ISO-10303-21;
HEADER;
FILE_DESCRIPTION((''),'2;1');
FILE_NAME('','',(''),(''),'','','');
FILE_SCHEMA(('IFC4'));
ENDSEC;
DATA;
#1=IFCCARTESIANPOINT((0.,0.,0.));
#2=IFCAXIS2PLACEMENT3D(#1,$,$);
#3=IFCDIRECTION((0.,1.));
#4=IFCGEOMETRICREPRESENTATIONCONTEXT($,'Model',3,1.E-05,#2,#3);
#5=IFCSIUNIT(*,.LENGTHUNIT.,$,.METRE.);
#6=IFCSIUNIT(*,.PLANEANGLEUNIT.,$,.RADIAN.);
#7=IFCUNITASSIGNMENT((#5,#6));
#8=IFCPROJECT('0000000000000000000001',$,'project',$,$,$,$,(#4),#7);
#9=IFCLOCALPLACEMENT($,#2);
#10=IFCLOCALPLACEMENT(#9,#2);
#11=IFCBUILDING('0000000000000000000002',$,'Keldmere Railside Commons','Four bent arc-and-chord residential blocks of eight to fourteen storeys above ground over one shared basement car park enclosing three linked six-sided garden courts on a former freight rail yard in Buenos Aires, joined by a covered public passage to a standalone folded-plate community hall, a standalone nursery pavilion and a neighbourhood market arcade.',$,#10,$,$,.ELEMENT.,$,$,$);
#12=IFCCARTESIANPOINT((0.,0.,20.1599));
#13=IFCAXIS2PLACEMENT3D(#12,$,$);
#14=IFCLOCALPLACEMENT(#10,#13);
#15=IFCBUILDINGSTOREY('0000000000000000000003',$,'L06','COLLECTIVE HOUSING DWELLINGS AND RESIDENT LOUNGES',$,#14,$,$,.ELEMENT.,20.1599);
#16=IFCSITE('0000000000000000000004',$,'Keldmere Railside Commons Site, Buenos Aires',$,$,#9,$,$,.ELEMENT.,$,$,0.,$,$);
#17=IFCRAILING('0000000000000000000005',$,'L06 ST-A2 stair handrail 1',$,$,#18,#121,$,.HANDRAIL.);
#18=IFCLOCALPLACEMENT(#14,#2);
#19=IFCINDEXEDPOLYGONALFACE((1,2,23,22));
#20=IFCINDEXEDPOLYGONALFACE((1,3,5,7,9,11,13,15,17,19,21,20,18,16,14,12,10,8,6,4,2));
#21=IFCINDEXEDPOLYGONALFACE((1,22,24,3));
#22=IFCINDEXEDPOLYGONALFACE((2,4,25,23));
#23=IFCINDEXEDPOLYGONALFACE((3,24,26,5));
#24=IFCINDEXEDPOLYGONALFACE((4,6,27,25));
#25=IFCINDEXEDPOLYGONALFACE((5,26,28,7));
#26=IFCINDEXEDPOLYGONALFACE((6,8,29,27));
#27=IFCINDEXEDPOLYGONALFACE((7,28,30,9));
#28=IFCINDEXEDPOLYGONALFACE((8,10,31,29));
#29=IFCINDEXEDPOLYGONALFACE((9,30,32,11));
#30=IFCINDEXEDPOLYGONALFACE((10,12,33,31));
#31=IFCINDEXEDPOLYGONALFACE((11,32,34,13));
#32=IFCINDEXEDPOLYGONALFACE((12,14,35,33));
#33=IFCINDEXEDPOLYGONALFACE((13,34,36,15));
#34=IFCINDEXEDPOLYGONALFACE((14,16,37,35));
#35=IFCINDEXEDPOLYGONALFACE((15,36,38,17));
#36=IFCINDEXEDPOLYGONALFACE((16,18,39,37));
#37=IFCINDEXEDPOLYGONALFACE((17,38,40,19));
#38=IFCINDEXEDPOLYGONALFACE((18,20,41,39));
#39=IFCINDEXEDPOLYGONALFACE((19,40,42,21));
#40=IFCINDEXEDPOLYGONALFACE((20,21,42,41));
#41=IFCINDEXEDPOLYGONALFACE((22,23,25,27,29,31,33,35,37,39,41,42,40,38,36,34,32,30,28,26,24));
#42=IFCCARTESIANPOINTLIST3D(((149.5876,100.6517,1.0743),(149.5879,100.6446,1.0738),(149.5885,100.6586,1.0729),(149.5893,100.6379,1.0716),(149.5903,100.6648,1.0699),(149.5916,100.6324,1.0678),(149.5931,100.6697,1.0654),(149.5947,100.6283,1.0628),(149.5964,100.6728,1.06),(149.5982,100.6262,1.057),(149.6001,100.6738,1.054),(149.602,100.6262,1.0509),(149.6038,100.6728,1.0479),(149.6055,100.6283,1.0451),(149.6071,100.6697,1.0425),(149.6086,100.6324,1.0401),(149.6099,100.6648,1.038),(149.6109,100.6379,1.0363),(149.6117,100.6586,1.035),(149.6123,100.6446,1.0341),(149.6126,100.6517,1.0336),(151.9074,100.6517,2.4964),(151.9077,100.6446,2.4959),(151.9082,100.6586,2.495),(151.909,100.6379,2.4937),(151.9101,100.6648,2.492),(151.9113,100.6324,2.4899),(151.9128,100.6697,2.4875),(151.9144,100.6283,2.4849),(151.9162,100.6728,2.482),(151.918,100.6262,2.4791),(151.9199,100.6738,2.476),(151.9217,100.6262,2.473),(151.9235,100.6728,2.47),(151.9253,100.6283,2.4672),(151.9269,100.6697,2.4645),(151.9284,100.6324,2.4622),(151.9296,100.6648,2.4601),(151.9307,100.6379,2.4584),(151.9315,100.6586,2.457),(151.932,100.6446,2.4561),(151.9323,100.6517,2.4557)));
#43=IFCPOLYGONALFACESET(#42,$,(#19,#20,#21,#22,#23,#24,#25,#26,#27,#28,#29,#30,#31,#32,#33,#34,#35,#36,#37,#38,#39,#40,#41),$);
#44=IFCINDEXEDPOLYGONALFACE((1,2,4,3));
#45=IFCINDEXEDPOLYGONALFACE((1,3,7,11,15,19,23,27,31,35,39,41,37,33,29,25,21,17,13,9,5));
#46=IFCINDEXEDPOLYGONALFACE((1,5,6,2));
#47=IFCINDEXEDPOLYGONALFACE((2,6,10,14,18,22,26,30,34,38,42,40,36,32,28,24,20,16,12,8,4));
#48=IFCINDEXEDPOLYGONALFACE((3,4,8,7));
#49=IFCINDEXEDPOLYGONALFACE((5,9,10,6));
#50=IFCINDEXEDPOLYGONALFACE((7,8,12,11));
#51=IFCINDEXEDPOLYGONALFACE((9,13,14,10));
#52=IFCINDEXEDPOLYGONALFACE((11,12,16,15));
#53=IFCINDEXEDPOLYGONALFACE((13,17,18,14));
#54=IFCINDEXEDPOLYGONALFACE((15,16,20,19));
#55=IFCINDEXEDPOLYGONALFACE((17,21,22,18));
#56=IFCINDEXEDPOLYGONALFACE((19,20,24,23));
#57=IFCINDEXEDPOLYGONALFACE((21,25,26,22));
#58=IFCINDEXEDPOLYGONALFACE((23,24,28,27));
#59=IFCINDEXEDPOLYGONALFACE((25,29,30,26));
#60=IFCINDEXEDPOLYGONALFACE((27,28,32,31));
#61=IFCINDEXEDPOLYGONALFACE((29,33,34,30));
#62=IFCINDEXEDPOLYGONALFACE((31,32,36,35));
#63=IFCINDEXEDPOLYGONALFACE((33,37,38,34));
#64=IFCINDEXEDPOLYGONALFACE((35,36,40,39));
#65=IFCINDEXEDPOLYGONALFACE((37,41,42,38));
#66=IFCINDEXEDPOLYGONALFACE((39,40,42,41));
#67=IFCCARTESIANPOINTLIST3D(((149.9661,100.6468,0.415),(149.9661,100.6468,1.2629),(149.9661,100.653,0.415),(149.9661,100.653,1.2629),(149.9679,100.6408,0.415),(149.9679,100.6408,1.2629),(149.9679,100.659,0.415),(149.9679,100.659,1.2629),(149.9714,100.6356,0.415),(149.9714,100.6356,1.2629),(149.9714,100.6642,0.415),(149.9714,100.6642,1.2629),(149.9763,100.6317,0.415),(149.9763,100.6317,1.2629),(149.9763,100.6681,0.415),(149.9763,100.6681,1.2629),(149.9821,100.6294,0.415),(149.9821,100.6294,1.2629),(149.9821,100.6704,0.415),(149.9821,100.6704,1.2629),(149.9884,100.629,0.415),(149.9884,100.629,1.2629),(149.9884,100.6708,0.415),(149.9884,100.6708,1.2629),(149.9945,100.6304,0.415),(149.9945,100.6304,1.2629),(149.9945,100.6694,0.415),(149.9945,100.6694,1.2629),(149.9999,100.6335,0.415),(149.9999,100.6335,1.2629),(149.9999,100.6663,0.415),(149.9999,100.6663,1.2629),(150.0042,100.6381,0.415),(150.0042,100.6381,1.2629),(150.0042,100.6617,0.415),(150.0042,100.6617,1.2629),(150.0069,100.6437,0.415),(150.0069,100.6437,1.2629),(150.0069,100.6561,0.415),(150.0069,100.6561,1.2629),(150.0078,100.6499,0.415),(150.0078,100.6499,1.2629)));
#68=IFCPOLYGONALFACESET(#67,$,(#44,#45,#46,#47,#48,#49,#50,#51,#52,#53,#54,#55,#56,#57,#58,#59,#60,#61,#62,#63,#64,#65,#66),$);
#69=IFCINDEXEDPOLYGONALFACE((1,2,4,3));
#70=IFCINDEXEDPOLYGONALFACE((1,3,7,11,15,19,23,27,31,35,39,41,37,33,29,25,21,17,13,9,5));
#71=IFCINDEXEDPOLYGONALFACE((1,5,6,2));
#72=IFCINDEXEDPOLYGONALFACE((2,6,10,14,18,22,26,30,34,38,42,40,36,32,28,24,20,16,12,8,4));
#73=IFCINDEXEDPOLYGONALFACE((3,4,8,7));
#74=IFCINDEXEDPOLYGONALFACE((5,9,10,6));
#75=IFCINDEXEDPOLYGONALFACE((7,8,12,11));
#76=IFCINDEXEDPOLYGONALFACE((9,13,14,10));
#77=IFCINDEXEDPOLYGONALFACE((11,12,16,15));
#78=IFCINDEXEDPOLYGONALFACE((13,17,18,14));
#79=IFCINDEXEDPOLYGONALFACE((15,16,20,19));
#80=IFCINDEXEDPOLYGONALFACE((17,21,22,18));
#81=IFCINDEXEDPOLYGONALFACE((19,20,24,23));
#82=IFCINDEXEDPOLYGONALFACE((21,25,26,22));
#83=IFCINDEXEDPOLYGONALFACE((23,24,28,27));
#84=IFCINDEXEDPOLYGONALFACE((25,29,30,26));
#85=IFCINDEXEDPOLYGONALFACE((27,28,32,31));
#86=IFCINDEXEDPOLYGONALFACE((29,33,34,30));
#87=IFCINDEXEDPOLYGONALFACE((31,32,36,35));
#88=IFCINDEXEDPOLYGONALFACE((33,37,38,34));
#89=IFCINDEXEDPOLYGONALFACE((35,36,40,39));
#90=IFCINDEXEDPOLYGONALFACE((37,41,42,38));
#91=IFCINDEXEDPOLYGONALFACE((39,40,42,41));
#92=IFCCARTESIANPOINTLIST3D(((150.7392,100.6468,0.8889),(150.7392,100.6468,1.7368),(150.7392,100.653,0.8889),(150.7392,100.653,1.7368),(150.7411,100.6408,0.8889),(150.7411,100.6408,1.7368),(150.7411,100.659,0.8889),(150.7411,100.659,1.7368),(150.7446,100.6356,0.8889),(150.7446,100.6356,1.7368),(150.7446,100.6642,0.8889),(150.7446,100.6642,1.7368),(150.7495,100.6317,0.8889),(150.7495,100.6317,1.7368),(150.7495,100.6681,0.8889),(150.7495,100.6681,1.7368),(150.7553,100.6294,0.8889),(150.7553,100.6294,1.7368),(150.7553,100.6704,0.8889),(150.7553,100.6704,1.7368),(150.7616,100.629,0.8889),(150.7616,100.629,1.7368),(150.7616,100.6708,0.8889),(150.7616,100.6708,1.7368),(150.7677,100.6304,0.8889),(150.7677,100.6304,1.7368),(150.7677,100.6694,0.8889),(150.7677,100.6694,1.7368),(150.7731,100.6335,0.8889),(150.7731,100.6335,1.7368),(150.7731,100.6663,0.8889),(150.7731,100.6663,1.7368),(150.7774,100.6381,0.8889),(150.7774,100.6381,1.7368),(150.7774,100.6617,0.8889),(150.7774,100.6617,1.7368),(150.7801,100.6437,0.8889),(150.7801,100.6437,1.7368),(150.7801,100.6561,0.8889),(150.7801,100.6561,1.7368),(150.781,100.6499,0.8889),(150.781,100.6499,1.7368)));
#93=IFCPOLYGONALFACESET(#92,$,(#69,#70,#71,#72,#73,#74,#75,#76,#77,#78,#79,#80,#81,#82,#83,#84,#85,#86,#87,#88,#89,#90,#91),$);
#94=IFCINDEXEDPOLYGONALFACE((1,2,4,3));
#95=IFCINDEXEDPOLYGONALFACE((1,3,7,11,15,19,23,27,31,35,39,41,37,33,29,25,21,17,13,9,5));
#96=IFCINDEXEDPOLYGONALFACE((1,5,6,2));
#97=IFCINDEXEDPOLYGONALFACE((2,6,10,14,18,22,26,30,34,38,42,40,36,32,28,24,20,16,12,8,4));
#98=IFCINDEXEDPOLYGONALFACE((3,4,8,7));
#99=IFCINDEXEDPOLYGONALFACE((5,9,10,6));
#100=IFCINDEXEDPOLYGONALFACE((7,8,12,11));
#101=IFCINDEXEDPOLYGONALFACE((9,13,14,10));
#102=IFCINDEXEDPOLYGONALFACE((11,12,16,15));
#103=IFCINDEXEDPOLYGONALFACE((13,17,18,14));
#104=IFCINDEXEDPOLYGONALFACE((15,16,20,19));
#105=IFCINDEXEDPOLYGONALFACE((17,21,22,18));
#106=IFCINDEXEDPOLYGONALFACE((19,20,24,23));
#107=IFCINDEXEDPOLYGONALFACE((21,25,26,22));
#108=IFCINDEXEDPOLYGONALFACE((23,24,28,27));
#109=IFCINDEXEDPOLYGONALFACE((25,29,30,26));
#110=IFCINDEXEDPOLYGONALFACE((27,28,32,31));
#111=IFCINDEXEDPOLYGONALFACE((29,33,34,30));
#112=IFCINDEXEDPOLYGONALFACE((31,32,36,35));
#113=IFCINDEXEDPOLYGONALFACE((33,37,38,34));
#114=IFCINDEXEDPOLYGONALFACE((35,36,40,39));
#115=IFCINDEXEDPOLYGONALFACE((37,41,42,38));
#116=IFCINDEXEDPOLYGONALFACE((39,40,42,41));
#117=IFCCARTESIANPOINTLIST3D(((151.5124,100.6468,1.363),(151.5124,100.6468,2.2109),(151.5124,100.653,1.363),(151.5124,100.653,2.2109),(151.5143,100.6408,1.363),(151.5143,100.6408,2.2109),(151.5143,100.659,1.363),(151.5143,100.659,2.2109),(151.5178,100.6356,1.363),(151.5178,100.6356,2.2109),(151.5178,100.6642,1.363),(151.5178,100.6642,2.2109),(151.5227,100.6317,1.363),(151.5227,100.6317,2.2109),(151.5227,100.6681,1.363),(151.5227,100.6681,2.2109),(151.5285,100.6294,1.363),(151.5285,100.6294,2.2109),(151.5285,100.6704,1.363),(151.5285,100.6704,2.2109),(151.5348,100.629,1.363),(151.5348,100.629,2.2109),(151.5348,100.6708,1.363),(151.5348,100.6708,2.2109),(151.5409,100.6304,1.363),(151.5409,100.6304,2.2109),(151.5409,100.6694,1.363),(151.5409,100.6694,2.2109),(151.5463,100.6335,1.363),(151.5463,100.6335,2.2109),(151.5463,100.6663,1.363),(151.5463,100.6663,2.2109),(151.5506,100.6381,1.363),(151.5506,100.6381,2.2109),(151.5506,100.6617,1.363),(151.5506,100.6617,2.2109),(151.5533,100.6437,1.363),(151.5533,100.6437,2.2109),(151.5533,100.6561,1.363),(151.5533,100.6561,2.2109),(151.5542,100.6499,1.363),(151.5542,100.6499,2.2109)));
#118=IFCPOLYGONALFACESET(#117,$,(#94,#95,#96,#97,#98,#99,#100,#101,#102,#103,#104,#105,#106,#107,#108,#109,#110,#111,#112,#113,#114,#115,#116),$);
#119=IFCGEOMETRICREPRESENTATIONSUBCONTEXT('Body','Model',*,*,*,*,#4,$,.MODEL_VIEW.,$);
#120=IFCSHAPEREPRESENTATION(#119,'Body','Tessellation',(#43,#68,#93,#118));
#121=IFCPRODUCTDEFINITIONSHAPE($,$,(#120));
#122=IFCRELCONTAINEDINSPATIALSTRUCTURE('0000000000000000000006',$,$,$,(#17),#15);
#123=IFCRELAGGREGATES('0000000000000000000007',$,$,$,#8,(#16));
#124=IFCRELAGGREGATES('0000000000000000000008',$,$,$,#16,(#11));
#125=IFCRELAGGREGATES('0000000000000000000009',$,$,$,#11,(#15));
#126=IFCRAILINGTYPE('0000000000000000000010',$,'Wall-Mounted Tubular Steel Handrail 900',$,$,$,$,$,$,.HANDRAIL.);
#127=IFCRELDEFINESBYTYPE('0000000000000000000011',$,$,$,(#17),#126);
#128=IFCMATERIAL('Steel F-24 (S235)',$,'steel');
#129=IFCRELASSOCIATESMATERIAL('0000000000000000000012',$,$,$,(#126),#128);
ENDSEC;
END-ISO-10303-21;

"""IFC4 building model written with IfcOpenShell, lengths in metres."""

from ifc_helpers import new_model, si_unit, direction, frame, origin, origin_2d, place, context, subcontext, project, spatial, circle, extrude, material, type_object, element, save


model = new_model("IFC4")

# Units and contexts
model_context = context("Model", 3, precision=1e-05, world=origin(), true_north=direction((0.0, 1.0)))
body_context = subcontext(model_context, "Body", "Model", "MODEL_VIEW")
ifc_project = project(units=[si_unit("LENGTHUNIT", "METRE"), si_unit("PLANEANGLEUNIT", "RADIAN")], contexts=[model_context])

# Site, building, storey
site_placement = place(None, origin())
site = spatial("IfcSite", under=ifc_project, at=site_placement, Name="Keldmere Railside Commons Site, Buenos Aires", CompositionType="ELEMENT", RefElevation=0.0)
building_placement = place(site_placement, origin())
building = spatial("IfcBuilding", under=site, at=building_placement, Name="Keldmere Railside Commons", Description="Four bent arc-and-chord residential blocks of eight to fourteen storeys above ground over one shared basement car park enclosing three linked six-sided garden courts on a former freight rail yard in Buenos Aires, joined by a covered public passage to a standalone folded-plate community hall, a standalone nursery pavilion and a neighbourhood market arcade.", CompositionType="ELEMENT")
storey_placement = place(building_placement, frame((0.0, 0.0, 20.1599)))
storey = spatial("IfcBuildingStorey", under=building, at=storey_placement, Name="L06", Description="COLLECTIVE HOUSING DWELLINGS AND RESIDENT LOUNGES", CompositionType="ELEMENT", Elevation=20.1599)

# Railing
ifc_material_1 = material(Name="Steel F-24 (S235)", Category="steel")
railing_type_1 = type_object("IfcRailingType", Name="Wall-Mounted Tubular Steel Handrail 900", PredefinedType="HANDRAIL", material=ifc_material_1)
railing_1_placement = place(storey_placement, frame((149.6001, 100.6499, 0.178)))
element("IfcRailing", 1, at=railing_1_placement, inside=storey, type_object=railing_type_1, Name="L06 ST-A2 stair handrail 1", PredefinedType="HANDRAIL", context=body_context, shape_type="SweptSolid", body=[
    extrude(circle(Radius=0.0239, at=origin_2d()), frame((0.0, 0.0, 0.876), z_axis=(0.852554, 0.0, 0.52264), x_axis=(0.0, 1.0, 0.0)), (0.0, 0.0, 1.0), 2.7209),
    extrude(circle(Radius=0.021, at=origin_2d()), frame((0.3867, 0.0, 0.2371)), (0.0, 0.0, 1.0), 0.8479),
    extrude(circle(Radius=0.021, at=origin_2d()), frame((1.1599, 0.0, 0.7109)), (0.0, 0.0, 1.0), 0.8479),
    extrude(circle(Radius=0.021, at=origin_2d()), frame((1.9331, 0.0, 1.1851)), (0.0, 0.0, 1.0), 0.8479),
])

save(model, "model.ifc")
